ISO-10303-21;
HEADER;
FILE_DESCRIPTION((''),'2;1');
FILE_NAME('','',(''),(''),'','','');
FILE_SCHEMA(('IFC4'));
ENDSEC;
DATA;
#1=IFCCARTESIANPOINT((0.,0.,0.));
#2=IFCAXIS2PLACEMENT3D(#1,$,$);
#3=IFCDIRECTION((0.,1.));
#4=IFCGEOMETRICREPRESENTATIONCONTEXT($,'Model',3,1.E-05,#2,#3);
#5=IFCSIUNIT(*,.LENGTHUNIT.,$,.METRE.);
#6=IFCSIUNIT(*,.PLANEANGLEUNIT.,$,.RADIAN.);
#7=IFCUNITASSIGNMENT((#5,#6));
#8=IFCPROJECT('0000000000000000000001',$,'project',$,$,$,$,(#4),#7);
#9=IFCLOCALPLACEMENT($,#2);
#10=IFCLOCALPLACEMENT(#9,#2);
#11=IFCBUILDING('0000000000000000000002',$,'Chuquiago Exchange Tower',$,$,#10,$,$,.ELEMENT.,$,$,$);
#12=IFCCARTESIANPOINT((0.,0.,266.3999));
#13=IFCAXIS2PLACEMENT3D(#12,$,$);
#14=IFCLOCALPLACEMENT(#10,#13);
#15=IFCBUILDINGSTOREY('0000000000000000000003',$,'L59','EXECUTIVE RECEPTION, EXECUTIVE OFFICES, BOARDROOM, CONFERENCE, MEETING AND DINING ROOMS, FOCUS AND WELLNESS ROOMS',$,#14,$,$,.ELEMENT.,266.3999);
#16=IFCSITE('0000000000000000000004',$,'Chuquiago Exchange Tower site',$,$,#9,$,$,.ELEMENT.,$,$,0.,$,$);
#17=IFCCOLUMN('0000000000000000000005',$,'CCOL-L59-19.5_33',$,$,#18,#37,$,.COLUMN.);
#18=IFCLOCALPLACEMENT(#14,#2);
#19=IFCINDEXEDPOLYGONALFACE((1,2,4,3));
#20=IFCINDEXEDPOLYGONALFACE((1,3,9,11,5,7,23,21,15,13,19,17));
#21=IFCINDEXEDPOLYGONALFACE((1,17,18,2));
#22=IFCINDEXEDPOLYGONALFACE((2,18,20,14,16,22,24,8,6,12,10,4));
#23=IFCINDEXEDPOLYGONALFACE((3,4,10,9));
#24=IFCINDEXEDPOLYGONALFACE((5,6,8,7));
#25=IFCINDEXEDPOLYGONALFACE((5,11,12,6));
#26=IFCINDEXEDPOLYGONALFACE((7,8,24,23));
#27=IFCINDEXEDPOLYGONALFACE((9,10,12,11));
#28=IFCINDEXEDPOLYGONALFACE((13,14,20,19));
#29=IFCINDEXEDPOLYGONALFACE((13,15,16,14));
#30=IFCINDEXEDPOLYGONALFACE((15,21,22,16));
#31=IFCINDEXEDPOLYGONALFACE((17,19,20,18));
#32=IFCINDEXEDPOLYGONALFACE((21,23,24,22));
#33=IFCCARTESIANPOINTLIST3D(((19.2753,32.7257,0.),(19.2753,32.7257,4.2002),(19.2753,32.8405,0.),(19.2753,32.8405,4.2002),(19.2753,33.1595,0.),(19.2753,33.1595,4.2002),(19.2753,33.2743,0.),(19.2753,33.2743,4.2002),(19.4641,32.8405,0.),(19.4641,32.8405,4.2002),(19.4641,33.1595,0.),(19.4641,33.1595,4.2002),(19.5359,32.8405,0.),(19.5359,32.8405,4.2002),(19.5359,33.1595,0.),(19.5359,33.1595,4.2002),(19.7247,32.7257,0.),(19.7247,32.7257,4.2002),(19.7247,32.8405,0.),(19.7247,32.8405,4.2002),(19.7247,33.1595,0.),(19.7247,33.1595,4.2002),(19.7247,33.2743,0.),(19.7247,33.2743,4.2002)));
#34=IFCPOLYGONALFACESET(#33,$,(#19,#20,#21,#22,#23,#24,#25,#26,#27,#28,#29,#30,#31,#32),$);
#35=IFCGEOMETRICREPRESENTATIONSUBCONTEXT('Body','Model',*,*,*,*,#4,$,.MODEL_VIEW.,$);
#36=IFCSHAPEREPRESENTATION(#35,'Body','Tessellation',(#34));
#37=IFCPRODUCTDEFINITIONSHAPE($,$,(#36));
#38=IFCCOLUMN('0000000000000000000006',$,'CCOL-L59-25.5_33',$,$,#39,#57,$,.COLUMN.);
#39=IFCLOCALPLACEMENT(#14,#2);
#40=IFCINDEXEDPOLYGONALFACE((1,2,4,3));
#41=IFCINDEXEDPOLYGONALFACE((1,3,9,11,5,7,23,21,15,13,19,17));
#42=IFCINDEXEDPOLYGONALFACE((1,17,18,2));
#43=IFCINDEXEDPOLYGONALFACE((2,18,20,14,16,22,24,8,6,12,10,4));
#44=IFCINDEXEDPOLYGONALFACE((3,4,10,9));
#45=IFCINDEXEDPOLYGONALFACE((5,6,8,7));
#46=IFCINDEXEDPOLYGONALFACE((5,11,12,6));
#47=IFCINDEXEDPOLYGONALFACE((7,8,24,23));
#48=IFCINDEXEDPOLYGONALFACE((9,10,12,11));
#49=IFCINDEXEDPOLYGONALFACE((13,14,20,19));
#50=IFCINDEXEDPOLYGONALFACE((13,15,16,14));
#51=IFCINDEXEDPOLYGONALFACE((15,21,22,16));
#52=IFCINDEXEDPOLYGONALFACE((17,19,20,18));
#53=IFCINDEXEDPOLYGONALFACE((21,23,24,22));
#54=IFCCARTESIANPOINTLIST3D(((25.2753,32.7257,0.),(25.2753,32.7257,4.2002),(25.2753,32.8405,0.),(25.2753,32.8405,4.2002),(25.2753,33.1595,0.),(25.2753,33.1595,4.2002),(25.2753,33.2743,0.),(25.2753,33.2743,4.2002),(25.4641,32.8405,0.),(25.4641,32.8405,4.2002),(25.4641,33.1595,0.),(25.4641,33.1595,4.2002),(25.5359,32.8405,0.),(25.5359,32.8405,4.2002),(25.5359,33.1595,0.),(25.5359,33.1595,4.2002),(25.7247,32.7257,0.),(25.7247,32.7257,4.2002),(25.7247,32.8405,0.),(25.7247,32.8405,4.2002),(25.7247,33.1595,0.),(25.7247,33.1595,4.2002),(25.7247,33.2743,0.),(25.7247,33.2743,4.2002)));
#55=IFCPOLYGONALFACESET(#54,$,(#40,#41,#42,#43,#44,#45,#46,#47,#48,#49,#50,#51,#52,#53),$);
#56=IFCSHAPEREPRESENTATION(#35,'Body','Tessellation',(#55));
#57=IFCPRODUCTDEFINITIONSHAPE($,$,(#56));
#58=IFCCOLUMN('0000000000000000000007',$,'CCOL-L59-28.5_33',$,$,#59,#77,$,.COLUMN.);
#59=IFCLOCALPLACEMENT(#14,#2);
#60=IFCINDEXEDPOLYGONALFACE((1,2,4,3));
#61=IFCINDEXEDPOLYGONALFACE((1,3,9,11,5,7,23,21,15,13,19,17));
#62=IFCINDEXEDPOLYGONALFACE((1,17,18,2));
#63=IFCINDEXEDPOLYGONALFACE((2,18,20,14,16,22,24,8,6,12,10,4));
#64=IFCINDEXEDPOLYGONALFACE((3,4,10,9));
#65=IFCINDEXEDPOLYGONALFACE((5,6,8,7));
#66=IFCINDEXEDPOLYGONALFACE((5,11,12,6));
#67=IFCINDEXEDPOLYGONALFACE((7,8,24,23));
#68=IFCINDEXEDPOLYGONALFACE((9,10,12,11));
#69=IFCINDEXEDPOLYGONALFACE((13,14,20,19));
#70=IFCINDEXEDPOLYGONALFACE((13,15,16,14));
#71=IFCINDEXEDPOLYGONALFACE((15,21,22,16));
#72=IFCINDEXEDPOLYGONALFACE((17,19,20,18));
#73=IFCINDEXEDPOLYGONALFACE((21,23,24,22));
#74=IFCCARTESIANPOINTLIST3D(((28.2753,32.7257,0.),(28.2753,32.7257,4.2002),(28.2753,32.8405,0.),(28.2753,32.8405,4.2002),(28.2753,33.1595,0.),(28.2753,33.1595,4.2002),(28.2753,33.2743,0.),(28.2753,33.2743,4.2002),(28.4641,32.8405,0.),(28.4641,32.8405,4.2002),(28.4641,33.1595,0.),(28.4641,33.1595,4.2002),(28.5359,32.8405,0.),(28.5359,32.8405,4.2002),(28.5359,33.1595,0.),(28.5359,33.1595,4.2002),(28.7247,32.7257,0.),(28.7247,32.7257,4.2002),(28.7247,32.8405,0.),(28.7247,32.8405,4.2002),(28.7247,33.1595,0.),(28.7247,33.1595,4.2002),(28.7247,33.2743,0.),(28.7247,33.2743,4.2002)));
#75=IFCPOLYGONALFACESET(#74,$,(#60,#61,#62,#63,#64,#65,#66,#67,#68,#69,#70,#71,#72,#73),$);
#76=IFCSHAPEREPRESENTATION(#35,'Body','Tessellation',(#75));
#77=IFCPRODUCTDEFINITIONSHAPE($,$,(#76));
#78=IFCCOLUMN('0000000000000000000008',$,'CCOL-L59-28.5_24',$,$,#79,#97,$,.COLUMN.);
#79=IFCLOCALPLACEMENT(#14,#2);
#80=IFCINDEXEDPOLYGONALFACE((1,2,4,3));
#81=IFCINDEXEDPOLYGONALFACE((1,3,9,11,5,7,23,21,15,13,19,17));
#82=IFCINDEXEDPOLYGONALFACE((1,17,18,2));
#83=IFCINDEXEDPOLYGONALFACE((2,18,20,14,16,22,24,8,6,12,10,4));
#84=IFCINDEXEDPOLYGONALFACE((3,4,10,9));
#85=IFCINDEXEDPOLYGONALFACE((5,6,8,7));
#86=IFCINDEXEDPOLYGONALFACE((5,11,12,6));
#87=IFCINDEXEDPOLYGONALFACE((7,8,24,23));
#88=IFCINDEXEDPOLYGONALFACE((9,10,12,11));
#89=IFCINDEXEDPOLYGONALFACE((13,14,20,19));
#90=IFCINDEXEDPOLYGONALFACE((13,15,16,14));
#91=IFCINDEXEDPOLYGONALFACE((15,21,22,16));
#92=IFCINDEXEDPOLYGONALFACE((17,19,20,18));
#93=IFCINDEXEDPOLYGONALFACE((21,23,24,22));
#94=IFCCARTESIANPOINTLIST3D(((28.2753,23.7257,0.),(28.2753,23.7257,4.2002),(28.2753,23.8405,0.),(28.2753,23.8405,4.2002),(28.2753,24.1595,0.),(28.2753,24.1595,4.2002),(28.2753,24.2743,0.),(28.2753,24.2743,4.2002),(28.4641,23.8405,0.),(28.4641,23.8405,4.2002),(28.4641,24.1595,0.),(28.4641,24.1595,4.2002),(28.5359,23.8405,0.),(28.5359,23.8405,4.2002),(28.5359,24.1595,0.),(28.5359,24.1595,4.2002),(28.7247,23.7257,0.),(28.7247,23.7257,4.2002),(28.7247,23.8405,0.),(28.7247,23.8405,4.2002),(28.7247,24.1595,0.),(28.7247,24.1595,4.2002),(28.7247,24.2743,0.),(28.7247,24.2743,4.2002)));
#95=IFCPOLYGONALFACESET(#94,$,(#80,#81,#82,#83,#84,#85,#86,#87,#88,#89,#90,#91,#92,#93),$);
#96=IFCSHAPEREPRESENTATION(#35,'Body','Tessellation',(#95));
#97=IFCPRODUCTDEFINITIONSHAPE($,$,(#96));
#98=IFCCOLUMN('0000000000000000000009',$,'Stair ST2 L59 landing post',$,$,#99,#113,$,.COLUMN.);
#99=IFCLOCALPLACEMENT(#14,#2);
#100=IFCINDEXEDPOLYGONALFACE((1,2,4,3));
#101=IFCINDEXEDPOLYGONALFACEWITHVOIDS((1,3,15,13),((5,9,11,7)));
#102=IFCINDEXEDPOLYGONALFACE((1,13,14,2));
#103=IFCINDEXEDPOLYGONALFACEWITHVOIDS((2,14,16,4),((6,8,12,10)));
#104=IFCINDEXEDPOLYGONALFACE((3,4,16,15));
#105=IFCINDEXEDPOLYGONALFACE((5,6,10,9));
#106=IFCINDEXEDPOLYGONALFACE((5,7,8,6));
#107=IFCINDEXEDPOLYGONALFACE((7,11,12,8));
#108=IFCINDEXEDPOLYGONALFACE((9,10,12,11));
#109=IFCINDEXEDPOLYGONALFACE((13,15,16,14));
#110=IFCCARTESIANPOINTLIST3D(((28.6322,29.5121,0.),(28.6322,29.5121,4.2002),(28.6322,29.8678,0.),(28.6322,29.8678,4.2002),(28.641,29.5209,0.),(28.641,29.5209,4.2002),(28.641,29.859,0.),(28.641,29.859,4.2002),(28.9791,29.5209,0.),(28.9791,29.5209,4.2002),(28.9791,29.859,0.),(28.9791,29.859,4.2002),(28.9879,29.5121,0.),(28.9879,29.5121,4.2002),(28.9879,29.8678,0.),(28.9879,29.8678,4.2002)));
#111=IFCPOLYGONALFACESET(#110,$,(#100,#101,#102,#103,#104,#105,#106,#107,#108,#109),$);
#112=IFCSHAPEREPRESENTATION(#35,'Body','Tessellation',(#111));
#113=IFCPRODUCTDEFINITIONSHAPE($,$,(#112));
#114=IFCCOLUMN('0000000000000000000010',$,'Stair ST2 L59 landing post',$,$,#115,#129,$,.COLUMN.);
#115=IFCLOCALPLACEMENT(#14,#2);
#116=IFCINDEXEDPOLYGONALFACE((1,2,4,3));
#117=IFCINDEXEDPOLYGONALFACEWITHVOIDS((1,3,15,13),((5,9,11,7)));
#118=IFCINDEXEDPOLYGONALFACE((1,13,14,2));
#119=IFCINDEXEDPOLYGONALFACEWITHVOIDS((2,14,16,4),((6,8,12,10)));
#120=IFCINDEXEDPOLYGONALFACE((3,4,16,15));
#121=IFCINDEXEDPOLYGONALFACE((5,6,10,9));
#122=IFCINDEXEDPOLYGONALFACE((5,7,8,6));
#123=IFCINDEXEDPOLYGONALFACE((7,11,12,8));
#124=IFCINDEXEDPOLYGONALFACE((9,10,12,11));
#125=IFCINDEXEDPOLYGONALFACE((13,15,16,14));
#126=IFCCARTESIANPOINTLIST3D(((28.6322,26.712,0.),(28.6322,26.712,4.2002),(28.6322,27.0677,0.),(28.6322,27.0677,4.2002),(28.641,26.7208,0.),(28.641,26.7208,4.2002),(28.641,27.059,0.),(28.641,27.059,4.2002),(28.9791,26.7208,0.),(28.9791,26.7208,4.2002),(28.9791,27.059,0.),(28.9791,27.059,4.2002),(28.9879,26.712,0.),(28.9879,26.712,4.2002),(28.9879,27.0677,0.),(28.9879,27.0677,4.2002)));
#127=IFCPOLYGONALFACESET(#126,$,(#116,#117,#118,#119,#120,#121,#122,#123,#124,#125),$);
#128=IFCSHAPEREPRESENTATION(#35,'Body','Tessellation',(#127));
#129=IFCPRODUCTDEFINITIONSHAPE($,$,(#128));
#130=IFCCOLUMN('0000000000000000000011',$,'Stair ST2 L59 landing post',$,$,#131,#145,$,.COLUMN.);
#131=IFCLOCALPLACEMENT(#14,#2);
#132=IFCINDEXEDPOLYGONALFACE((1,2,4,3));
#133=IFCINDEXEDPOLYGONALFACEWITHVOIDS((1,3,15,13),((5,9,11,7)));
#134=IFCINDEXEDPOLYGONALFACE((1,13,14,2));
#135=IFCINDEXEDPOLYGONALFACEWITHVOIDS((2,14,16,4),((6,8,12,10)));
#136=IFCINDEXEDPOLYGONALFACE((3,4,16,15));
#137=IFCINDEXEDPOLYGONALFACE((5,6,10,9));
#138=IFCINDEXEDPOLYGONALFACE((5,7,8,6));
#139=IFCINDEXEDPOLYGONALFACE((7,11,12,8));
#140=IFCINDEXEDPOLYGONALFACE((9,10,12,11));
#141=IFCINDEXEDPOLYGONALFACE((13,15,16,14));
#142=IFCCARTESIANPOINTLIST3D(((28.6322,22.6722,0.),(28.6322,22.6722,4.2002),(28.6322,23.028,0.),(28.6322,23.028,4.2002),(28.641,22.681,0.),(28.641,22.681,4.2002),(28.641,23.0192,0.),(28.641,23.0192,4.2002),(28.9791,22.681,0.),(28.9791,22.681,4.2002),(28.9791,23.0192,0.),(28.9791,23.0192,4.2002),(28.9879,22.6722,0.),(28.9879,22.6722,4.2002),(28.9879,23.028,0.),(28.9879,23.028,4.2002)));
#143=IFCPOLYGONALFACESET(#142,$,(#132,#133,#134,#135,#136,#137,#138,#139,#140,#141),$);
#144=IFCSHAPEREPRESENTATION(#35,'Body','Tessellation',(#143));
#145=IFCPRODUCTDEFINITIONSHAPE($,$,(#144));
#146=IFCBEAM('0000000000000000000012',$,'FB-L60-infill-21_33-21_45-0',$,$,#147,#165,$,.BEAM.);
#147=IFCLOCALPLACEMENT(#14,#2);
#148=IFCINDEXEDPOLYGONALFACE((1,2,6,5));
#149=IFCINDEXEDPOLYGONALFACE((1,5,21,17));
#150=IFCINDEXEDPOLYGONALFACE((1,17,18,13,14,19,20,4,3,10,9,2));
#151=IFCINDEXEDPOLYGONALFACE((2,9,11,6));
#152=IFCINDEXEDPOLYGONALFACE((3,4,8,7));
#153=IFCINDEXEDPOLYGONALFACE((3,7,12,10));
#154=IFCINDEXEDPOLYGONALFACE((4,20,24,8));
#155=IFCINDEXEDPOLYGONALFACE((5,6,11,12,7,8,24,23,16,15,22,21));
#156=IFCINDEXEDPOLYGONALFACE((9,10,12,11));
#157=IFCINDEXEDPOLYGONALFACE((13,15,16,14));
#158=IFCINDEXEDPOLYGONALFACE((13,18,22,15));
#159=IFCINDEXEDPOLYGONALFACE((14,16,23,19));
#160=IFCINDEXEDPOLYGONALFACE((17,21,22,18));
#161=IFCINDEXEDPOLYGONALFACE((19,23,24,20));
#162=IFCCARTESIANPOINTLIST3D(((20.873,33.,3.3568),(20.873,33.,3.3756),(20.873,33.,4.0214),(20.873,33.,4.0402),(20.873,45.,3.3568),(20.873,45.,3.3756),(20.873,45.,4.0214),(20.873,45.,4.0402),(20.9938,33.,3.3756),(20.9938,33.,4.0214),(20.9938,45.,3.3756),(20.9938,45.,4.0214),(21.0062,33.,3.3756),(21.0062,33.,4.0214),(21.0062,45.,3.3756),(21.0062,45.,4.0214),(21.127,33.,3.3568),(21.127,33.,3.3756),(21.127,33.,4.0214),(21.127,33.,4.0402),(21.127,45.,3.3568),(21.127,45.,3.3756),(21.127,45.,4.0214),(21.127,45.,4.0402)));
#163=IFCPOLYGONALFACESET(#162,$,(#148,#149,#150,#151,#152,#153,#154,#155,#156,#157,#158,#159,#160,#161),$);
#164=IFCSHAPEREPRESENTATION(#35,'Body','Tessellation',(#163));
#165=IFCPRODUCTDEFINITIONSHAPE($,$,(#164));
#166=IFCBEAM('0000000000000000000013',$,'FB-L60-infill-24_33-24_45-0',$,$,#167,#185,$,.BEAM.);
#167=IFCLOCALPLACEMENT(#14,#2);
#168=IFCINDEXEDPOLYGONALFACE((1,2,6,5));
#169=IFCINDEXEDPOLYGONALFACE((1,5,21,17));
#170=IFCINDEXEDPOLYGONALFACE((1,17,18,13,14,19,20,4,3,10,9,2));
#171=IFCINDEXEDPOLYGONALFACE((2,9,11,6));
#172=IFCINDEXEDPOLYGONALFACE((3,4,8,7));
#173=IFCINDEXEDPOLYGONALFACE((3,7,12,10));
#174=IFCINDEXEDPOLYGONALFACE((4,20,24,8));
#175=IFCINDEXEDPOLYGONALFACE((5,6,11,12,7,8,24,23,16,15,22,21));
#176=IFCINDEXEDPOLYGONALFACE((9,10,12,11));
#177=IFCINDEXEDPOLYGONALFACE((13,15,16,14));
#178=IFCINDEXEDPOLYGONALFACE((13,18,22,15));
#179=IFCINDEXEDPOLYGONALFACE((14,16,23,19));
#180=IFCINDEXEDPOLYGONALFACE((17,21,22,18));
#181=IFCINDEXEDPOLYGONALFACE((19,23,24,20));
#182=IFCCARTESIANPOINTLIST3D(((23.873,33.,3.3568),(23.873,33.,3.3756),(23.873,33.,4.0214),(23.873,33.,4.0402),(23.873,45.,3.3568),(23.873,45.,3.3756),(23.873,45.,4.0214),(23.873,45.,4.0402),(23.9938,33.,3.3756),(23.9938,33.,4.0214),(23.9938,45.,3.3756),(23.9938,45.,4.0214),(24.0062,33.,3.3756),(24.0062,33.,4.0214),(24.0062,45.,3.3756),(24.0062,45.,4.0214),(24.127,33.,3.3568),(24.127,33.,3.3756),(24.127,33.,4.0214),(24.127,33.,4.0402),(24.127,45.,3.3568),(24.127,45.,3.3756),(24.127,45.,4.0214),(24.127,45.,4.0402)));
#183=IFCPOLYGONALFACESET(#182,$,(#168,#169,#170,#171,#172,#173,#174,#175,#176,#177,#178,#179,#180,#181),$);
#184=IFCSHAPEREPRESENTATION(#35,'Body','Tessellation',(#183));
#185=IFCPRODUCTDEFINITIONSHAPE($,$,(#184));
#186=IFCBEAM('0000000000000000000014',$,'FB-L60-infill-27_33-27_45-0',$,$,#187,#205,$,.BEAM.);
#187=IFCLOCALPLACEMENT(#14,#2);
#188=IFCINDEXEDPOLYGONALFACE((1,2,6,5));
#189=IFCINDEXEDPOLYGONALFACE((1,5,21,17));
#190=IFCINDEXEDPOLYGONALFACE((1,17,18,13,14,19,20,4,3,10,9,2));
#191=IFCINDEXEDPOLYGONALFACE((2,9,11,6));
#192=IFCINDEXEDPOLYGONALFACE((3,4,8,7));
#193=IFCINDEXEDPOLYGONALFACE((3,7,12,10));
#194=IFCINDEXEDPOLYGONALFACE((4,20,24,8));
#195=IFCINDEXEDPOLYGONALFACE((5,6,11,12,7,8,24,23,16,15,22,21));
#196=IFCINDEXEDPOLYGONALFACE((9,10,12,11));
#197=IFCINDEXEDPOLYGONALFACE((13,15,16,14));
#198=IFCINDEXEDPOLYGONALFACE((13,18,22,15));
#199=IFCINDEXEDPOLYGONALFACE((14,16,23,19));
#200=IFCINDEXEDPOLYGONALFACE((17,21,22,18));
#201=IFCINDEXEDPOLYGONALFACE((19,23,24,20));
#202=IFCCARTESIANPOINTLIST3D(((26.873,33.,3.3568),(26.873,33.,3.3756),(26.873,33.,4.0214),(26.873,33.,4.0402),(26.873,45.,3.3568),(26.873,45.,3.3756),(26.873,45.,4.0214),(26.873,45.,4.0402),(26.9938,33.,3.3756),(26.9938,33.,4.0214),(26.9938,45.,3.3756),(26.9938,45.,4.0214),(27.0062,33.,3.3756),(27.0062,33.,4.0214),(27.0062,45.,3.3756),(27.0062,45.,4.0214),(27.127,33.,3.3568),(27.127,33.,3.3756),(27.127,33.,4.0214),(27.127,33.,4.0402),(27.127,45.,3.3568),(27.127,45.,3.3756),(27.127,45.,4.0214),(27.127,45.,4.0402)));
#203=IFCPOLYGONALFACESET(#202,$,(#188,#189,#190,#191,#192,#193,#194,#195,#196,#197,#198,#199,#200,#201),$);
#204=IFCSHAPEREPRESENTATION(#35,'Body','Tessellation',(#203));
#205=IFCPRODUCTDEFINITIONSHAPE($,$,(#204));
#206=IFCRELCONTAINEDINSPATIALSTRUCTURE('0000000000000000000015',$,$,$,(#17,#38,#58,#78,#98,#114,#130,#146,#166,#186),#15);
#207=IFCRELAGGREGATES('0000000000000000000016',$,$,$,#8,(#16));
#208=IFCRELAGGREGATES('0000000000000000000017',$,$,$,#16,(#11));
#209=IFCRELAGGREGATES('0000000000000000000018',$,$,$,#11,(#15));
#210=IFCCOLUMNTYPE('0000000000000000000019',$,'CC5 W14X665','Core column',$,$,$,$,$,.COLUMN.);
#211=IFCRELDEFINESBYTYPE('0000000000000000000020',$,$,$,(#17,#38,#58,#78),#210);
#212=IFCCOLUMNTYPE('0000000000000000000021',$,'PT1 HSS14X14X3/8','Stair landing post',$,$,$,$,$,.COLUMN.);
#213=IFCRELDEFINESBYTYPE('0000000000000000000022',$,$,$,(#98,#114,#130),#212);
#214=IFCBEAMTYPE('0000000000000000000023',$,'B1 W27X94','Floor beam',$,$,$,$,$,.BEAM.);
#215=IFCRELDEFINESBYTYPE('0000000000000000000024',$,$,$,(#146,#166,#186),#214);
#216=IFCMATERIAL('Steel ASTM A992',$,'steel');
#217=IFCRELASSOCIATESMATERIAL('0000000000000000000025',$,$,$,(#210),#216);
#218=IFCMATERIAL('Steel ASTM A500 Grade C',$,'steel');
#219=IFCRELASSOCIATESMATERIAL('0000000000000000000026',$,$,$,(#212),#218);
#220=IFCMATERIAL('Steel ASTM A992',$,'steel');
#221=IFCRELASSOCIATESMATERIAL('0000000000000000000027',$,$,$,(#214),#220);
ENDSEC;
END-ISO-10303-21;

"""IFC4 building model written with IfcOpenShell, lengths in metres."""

from ifc_helpers import new_model, si_unit, direction, frame, origin, origin_2d, place, context, subcontext, project, spatial, hollow_rectangle, i_section, extrude, material, material_profile, profile_set, type_object, element, save


model = new_model("IFC4")

# Units and contexts
model_context = context("Model", 3, precision=1e-05, world=origin(), true_north=direction((0.0, 1.0)))
body_context = subcontext(model_context, "Body", "Model", "MODEL_VIEW")
ifc_project = project(units=[si_unit("LENGTHUNIT", "METRE"), si_unit("PLANEANGLEUNIT", "RADIAN")], contexts=[model_context])

# Site, building, storey
site_placement = place(None, origin())
site = spatial("IfcSite", under=ifc_project, at=site_placement, Name="Chuquiago Exchange Tower site", CompositionType="ELEMENT", RefElevation=0.0)
building_placement = place(site_placement, origin())
building = spatial("IfcBuilding", under=site, at=building_placement, Name="Chuquiago Exchange Tower", CompositionType="ELEMENT")
storey_placement = place(building_placement, frame((0.0, 0.0, 266.3999)))
storey = spatial("IfcBuildingStorey", under=building, at=storey_placement, Name="L59", Description="EXECUTIVE RECEPTION, EXECUTIVE OFFICES, BOARDROOM, CONFERENCE, MEETING AND DINING ROOMS, FOCUS AND WELLNESS ROOMS", CompositionType="ELEMENT", Elevation=266.3999)

# Columns
ifc_material_1 = material(Name="Steel ASTM A992", Category="steel")
ifc_material_profile_1 = material_profile(ifc_material_1, i_section(OverallWidth=0.4495, OverallDepth=0.5486, WebThickness=0.0718, FlangeThickness=0.1147, at=origin_2d()), Name="W14X665")
ifc_profile_set_1 = profile_set([ifc_material_profile_1], Name="Steel ASTM A992")
column_type_1 = type_object("IfcColumnType", Name="CC5 W14X665", Description="Core column", PredefinedType="COLUMN", material=ifc_profile_set_1)
for number, where, z_axis, x_axis, name in (
    (1, (19.5, 33.0, 0.0), (0.0, 0.0, 1.0), (1.0, 0.0, 0.0), "CCOL-L59-19.5_33"),
    (2, (25.5, 33.0, 0.0), (0.0, 0.0, 1.0), (1.0, 0.0, 0.0), "CCOL-L59-25.5_33"),
    (3, (28.5, 33.0, 0.0), (0.0, 0.0, 1.0), (1.0, 0.0, 0.0), "CCOL-L59-28.5_33"),
    (4, (28.5, 24.0, 0.0), (0.0, 0.0, 1.0), (1.0, 0.0, 0.0), "CCOL-L59-28.5_24"),
):
    element("IfcColumn", number, at=place(storey_placement, frame(where, z_axis=z_axis, x_axis=x_axis)), inside=storey, type_object=column_type_1, Name=name, PredefinedType="COLUMN", context=body_context, shape_type="SweptSolid", body=[
        extrude(i_section(OverallWidth=0.4495, OverallDepth=0.5486, WebThickness=0.0718, FlangeThickness=0.1147, at=origin_2d()), origin(), (0.0, 0.0, 1.0), 4.2002),
    ])
ifc_material_2 = material(Name="Steel ASTM A500 Grade C", Category="steel")
ifc_material_profile_2 = material_profile(ifc_material_2, hollow_rectangle(XDim=0.3557, YDim=0.3557, WallThickness=0.0088, at=origin_2d()), Name="HSS14X14X3/8")
ifc_profile_set_2 = profile_set([ifc_material_profile_2], Name="Steel ASTM A500 Grade C")
column_type_2 = type_object("IfcColumnType", Name="PT1 HSS14X14X3/8", Description="Stair landing post", PredefinedType="COLUMN", material=ifc_profile_set_2)
for number, where, z_axis, x_axis, name in (
    (5, (28.8101, 29.6899, 0.0), (0.0, 0.0, 1.0), (1.0, 0.0, 0.0), "Stair ST2 L59 landing post"),
    (6, (28.8101, 26.8899, 0.0), (0.0, 0.0, 1.0), (1.0, 0.0, 0.0), "Stair ST2 L59 landing post"),
    (7, (28.8101, 22.8501, 0.0), (0.0, 0.0, 1.0), (1.0, 0.0, 0.0), "Stair ST2 L59 landing post"),
):
    element("IfcColumn", number, at=place(storey_placement, frame(where, z_axis=z_axis, x_axis=x_axis)), inside=storey, type_object=column_type_2, Name=name, PredefinedType="COLUMN", context=body_context, shape_type="SweptSolid", body=[
        extrude(hollow_rectangle(XDim=0.3557, YDim=0.3557, WallThickness=0.0088, at=origin_2d()), origin(), (0.0, 0.0, 1.0), 4.2002),
    ])

# Beams
ifc_material_3 = material(Name="Steel ASTM A992", Category="steel")
ifc_material_profile_3 = material_profile(ifc_material_3, i_section(OverallWidth=0.2539, OverallDepth=0.6833, WebThickness=0.0125, FlangeThickness=0.0188, at=origin_2d()), Name="W27X94")
ifc_profile_set_3 = profile_set([ifc_material_profile_3], Name="Steel ASTM A992")
beam_type_1 = type_object("IfcBeamType", Name="B1 W27X94", Description="Floor beam", PredefinedType="BEAM", material=ifc_profile_set_3)
for number, where, z_axis, x_axis, name in (
    (8, (21.0, 33.0, 3.6985), (0.0, 1.0, 0.0), (-1.0, 0.0, 0.0), "FB-L60-infill-21_33-21_45-0"),
    (9, (24.0, 33.0, 3.6985), (0.0, 1.0, 0.0), (-1.0, 0.0, 0.0), "FB-L60-infill-24_33-24_45-0"),
    (10, (27.0, 33.0, 3.6985), (0.0, 1.0, 0.0), (-1.0, 0.0, 0.0), "FB-L60-infill-27_33-27_45-0"),
):
    element("IfcBeam", number, at=place(storey_placement, frame(where, z_axis=z_axis, x_axis=x_axis)), inside=storey, type_object=beam_type_1, Name=name, PredefinedType="BEAM", context=body_context, shape_type="SweptSolid", body=[
        extrude(i_section(OverallWidth=0.2539, OverallDepth=0.6833, WebThickness=0.0125, FlangeThickness=0.0188, at=origin_2d()), origin(), (0.0, 0.0, 1.0), 12.0),
    ])

save(model, "model.ifc")
